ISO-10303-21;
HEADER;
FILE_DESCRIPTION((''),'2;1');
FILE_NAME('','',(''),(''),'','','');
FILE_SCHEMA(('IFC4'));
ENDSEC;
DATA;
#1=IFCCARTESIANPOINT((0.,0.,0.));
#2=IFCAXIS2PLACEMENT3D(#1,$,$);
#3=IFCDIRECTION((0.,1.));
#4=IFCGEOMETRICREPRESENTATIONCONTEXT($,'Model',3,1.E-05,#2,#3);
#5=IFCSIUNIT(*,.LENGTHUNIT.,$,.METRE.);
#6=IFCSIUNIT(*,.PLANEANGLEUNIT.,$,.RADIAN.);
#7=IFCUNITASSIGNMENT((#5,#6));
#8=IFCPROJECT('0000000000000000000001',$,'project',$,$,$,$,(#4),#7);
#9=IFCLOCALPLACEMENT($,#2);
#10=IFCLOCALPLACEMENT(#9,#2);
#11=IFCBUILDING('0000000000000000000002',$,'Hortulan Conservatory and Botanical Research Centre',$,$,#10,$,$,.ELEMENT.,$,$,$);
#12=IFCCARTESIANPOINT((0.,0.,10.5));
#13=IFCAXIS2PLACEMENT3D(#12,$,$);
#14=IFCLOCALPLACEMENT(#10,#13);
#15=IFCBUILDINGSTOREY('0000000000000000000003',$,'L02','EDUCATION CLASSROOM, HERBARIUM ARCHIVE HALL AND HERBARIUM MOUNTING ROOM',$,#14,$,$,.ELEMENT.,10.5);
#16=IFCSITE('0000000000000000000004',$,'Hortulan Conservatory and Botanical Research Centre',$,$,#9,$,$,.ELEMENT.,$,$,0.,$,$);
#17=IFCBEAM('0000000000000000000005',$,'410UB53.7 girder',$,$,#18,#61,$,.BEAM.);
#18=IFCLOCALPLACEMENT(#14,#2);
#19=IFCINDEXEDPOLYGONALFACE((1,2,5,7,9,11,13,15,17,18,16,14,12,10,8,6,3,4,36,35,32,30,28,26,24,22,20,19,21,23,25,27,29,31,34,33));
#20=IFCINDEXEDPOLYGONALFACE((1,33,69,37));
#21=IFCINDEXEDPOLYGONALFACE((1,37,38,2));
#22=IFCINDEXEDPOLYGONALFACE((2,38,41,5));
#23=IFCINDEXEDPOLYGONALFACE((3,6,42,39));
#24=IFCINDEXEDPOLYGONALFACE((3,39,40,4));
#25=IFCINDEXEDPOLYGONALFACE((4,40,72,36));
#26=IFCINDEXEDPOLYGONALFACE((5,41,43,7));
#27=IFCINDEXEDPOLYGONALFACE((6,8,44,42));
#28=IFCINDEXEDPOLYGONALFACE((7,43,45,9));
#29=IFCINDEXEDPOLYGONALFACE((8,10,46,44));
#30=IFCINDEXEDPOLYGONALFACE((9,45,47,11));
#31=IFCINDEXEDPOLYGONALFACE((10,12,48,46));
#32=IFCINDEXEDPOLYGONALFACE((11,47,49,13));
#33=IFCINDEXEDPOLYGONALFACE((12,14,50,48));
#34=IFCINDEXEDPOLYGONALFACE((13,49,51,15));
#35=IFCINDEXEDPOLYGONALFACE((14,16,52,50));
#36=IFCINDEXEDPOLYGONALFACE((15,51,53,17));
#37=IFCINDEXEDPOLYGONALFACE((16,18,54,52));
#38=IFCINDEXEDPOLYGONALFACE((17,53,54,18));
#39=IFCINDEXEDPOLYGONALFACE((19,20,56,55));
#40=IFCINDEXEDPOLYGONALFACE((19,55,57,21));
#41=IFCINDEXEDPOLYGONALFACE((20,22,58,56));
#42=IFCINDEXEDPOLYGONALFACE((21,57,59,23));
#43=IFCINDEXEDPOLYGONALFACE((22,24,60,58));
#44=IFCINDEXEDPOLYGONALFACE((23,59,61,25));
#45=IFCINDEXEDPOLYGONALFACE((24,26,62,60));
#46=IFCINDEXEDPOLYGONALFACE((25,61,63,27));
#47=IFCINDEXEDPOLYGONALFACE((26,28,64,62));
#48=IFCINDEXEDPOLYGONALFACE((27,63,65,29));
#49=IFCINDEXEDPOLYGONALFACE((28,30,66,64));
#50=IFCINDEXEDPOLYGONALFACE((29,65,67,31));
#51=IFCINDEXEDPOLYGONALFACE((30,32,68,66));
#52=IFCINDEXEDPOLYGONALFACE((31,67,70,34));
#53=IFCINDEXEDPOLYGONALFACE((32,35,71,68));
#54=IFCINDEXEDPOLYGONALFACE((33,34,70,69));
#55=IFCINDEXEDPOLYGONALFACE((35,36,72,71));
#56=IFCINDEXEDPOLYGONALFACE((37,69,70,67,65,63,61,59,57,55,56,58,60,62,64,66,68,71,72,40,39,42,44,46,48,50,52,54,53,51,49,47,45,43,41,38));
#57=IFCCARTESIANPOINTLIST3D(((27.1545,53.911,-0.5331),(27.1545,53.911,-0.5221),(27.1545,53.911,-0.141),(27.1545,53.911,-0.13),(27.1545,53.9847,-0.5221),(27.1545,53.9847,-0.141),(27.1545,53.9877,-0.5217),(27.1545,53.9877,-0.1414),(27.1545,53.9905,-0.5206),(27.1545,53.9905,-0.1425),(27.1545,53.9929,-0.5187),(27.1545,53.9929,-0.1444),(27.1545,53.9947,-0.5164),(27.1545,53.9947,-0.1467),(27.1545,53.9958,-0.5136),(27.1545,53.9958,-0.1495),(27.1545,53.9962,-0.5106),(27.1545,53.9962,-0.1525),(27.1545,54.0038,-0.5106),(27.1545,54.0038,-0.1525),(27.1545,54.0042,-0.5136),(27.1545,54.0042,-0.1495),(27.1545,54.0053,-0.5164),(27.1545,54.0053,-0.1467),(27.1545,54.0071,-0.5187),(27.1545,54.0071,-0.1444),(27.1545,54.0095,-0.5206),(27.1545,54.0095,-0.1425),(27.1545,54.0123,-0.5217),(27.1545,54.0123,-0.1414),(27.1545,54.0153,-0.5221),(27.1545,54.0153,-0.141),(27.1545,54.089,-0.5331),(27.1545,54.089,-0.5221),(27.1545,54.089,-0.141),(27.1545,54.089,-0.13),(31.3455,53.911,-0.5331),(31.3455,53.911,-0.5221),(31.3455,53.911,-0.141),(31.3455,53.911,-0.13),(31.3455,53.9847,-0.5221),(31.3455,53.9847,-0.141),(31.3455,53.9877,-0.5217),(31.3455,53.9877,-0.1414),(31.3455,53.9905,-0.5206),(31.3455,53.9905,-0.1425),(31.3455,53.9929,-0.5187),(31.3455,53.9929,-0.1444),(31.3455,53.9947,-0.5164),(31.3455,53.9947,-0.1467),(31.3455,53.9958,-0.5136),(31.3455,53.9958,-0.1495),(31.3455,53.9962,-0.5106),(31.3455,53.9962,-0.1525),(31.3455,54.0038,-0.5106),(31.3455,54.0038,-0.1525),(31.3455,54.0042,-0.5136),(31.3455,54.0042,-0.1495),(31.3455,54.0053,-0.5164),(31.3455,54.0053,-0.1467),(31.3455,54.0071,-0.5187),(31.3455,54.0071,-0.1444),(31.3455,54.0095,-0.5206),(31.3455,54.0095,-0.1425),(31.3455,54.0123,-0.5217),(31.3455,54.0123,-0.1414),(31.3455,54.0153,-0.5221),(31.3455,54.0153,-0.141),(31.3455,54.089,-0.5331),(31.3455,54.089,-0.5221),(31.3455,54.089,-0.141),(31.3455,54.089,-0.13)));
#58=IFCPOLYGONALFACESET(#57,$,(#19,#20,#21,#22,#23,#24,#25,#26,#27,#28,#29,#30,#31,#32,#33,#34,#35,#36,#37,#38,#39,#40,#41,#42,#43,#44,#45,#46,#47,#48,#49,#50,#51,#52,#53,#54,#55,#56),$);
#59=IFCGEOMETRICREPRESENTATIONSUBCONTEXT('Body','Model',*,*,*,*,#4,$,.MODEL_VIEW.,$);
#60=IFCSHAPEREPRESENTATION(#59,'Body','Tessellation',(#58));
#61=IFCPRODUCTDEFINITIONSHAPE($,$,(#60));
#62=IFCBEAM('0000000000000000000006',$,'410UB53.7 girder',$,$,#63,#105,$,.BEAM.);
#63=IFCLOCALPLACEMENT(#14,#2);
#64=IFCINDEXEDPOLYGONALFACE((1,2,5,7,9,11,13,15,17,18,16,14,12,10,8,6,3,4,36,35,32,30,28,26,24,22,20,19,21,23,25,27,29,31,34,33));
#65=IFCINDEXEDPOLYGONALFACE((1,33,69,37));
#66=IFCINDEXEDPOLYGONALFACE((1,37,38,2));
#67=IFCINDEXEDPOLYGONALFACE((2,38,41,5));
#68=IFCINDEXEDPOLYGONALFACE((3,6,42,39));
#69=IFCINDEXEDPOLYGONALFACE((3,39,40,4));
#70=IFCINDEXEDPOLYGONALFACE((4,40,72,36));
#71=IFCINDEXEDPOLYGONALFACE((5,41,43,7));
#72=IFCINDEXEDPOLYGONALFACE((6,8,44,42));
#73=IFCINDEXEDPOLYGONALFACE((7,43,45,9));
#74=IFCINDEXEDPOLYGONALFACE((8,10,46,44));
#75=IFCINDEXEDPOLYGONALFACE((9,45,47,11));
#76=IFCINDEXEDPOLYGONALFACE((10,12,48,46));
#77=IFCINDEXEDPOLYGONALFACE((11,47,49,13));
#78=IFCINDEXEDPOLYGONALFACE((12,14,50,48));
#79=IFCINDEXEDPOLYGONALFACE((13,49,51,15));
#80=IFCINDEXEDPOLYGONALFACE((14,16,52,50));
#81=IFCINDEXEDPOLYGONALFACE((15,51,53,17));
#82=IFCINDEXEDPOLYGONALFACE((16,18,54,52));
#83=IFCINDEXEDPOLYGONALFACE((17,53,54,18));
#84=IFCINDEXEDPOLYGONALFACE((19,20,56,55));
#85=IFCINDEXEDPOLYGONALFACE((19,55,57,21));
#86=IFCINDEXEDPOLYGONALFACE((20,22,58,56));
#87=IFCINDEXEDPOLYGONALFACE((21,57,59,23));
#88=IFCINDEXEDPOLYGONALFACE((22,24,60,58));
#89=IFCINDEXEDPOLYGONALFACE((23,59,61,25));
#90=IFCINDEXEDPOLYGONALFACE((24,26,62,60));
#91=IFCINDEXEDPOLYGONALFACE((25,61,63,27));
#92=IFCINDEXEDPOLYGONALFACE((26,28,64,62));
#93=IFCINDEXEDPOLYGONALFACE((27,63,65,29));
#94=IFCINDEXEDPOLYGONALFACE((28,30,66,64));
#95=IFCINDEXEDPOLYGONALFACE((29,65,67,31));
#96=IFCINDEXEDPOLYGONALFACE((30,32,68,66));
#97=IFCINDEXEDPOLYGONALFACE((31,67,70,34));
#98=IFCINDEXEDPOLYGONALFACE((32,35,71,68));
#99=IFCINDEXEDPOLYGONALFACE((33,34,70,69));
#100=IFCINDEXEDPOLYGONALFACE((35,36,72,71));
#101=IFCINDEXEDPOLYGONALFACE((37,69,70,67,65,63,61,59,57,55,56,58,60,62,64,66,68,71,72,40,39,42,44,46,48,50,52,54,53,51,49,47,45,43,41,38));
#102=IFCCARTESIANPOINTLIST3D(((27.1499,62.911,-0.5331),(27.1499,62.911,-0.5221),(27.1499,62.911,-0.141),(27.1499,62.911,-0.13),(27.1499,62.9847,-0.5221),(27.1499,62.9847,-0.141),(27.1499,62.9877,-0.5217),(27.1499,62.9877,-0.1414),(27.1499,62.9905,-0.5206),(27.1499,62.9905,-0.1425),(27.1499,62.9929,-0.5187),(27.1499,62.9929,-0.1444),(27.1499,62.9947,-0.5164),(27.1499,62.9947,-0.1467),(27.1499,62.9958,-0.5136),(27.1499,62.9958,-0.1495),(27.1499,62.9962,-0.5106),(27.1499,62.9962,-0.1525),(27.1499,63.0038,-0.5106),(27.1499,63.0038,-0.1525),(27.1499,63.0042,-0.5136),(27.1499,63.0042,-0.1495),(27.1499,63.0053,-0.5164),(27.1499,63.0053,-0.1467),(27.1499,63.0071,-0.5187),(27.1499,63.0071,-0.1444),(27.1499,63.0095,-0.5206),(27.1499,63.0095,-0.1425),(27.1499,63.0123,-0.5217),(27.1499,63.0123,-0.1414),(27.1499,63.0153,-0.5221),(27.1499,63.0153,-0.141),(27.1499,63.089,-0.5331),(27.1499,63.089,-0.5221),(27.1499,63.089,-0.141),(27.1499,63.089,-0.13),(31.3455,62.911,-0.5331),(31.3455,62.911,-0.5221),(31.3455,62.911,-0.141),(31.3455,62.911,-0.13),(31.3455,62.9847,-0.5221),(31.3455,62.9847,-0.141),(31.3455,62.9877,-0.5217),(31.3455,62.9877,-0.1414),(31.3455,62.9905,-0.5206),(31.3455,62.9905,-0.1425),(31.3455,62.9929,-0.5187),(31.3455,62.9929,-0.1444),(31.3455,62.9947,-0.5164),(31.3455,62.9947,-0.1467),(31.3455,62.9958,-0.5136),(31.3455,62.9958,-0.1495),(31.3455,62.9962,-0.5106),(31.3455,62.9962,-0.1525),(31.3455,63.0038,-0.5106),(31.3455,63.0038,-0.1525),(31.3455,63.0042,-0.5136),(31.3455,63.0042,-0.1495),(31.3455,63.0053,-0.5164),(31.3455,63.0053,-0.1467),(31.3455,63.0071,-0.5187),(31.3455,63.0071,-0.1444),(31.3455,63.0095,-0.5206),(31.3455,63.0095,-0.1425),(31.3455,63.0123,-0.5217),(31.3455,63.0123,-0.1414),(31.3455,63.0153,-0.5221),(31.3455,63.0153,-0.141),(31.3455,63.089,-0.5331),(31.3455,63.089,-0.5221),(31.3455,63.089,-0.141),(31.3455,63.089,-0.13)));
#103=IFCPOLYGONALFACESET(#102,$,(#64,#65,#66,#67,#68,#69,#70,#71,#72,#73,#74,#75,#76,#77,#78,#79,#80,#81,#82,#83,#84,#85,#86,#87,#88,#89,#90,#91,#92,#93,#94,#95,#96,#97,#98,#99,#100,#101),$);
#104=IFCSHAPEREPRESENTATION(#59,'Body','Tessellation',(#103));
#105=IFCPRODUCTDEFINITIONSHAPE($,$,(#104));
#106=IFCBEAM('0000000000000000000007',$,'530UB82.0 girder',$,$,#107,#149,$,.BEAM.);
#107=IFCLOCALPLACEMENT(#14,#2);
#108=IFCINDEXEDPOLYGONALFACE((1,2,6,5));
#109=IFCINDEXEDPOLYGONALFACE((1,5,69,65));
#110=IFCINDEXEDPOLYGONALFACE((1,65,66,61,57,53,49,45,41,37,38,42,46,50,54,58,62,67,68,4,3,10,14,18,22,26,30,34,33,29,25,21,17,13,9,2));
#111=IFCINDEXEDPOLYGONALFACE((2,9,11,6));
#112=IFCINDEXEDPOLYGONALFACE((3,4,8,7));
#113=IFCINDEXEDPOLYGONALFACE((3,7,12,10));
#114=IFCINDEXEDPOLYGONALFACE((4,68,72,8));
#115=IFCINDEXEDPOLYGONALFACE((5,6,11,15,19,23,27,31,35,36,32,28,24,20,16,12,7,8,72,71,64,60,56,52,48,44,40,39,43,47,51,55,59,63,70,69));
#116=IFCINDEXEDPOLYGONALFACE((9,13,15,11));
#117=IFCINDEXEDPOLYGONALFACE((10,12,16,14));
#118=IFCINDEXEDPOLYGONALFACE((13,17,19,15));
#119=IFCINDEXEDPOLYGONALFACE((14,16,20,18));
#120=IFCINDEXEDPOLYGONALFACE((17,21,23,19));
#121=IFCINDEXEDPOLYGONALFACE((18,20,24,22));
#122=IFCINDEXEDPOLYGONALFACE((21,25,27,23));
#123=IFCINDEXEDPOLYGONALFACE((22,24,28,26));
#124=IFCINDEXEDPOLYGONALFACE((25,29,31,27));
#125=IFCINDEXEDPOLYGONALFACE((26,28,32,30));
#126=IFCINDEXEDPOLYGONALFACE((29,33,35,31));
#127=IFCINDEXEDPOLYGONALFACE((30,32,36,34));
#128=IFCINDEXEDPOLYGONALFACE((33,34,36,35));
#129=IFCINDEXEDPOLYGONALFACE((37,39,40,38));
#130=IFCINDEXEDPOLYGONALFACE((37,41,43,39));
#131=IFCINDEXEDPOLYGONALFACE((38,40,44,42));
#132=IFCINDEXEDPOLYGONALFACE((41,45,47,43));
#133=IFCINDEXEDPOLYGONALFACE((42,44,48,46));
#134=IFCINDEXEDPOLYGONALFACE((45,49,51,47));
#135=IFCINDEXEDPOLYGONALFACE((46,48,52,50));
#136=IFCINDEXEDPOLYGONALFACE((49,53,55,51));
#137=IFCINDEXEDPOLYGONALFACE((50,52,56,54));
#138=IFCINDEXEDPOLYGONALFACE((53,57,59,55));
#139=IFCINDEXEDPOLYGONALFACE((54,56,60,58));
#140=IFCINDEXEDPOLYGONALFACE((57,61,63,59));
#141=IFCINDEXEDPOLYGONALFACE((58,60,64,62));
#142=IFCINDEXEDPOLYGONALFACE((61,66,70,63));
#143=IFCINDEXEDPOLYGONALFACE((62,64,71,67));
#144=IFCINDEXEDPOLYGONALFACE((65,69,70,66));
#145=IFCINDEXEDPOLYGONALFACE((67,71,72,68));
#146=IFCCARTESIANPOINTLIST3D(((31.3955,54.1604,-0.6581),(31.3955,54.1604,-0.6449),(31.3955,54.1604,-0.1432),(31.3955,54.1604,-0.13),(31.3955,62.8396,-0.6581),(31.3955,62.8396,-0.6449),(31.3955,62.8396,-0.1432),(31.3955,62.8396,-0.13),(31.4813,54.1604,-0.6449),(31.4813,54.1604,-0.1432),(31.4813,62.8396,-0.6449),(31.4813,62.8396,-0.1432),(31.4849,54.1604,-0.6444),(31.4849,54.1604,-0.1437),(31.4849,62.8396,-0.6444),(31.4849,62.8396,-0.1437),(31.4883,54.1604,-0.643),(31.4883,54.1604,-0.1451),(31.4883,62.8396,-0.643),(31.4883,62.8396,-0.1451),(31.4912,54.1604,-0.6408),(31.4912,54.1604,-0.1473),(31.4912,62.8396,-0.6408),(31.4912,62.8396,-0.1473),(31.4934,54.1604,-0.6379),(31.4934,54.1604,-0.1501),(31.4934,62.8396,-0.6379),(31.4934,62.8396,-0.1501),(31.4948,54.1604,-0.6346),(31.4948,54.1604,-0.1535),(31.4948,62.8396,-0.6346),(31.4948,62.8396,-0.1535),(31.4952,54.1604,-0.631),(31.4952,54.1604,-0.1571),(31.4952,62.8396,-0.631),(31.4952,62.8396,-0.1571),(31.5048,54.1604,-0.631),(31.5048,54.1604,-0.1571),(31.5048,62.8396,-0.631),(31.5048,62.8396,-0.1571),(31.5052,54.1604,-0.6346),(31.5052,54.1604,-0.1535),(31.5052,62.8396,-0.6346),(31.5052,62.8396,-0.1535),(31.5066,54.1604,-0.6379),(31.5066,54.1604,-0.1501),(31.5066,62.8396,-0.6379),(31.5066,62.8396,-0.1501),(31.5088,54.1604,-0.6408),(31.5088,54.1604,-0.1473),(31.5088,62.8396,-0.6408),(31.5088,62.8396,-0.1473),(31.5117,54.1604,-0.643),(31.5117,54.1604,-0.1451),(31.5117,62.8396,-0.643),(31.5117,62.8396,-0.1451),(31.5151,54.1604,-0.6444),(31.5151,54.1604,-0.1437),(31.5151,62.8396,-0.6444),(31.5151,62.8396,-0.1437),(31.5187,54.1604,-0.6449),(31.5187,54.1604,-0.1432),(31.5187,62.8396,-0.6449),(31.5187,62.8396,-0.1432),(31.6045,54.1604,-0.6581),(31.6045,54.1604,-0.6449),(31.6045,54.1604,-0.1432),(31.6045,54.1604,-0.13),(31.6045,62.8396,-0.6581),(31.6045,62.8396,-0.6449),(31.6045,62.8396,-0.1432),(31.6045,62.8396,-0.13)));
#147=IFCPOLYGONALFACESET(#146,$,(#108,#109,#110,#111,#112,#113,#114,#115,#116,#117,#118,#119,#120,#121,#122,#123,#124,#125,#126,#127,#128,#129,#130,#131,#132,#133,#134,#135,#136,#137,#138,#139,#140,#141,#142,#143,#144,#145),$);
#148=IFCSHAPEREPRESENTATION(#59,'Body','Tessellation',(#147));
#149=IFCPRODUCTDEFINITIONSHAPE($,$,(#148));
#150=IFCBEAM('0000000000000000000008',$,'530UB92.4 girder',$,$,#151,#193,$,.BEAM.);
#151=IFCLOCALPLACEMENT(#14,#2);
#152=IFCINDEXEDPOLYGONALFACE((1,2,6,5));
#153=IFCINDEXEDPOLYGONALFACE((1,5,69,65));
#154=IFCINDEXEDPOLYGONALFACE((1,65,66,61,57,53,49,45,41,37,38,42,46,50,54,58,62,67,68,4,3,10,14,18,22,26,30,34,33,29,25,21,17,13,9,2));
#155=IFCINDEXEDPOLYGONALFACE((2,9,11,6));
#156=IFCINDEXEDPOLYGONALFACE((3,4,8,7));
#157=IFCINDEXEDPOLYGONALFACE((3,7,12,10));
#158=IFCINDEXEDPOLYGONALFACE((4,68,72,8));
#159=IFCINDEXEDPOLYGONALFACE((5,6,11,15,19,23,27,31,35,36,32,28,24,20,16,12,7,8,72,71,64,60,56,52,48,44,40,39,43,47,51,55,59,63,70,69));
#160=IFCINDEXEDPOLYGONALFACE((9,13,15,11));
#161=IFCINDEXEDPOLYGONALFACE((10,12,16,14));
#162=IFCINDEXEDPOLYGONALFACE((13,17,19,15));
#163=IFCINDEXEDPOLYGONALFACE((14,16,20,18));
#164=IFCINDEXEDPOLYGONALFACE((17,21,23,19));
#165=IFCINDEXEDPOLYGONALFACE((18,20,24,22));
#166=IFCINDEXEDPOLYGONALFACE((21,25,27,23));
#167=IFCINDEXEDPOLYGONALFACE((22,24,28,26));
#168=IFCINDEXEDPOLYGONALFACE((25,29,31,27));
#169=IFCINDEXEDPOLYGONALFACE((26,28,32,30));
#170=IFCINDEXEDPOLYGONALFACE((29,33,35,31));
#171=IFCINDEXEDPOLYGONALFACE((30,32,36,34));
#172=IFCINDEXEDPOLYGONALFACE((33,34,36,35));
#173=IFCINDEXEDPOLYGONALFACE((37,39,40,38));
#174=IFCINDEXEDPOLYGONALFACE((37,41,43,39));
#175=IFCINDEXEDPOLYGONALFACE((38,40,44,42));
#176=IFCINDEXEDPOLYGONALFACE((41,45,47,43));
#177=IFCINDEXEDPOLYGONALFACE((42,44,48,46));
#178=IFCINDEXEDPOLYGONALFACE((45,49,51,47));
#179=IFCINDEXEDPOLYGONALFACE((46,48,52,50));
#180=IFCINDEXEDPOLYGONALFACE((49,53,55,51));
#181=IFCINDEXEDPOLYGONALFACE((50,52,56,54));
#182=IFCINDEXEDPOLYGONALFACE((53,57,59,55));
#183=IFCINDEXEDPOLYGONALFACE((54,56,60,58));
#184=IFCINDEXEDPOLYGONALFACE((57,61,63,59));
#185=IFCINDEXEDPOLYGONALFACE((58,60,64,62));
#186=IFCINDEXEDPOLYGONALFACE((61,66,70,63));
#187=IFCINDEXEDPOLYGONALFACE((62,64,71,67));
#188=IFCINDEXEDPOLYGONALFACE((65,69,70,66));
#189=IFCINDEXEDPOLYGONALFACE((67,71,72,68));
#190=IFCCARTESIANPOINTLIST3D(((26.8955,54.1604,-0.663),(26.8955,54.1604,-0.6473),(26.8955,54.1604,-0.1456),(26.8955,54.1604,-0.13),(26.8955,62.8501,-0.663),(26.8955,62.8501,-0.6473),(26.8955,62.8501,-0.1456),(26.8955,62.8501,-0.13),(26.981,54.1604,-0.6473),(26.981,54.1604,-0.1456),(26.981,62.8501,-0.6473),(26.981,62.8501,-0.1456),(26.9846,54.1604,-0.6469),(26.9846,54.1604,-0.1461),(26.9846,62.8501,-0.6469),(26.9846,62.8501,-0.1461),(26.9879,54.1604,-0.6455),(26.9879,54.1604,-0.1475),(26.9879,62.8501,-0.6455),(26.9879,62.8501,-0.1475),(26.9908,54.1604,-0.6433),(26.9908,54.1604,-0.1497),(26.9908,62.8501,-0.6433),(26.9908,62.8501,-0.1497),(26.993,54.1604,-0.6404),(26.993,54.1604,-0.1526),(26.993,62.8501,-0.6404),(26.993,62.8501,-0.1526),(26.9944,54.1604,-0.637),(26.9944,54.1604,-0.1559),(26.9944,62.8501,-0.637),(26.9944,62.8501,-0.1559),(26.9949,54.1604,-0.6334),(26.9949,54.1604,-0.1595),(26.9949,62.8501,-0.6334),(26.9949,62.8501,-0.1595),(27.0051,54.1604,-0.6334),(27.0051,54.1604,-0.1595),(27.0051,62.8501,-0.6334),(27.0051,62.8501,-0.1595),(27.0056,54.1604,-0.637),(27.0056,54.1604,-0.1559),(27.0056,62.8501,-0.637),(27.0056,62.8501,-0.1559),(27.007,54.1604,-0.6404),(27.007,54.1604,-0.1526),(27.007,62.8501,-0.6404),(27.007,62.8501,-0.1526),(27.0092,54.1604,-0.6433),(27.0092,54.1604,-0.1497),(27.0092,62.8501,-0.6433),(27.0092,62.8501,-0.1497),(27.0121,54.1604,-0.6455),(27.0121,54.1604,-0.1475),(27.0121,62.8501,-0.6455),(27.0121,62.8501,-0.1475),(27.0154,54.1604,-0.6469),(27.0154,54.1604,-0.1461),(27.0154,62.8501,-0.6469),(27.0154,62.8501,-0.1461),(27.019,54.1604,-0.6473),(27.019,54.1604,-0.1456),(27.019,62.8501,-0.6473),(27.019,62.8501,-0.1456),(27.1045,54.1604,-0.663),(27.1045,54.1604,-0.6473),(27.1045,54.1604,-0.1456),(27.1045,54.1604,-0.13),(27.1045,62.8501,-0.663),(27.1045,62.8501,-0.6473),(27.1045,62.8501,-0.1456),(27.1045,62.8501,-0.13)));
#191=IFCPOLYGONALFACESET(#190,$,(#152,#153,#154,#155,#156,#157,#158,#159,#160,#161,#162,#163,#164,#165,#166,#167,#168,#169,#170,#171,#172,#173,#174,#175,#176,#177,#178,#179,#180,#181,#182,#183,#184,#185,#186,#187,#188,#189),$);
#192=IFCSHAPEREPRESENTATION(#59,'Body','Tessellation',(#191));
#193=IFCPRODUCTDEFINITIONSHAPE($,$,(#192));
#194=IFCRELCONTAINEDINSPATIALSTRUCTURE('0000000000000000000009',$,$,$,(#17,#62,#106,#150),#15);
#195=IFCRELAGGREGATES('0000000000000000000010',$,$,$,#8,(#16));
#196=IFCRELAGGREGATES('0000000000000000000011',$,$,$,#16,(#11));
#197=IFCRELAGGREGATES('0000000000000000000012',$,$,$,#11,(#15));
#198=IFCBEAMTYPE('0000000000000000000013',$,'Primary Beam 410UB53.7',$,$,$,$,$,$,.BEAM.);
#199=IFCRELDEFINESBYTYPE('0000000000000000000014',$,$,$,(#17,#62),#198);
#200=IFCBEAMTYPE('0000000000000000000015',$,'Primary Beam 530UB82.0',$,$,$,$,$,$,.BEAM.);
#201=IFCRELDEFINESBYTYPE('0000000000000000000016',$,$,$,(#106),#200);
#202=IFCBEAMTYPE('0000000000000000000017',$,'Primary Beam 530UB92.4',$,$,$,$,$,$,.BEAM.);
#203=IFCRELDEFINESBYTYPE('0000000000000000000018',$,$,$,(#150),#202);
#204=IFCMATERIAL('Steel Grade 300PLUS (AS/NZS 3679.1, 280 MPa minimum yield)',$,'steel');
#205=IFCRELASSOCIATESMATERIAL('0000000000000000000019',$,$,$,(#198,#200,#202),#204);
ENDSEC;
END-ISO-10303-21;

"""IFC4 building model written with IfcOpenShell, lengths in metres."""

from ifc_helpers import new_model, si_unit, direction, frame, origin, origin_2d, place, context, subcontext, project, spatial, i_section, extrude, material, material_profile, profile_set, type_object, element, save


model = new_model("IFC4")

# Units and contexts
model_context = context("Model", 3, precision=1e-05, world=origin(), true_north=direction((0.0, 1.0)))
body_context = subcontext(model_context, "Body", "Model", "MODEL_VIEW")
ifc_project = project(units=[si_unit("LENGTHUNIT", "METRE"), si_unit("PLANEANGLEUNIT", "RADIAN")], contexts=[model_context])

# Site, building, storey
site_placement = place(None, origin())
site = spatial("IfcSite", under=ifc_project, at=site_placement, Name="Hortulan Conservatory and Botanical Research Centre", CompositionType="ELEMENT", RefElevation=0.0)
building_placement = place(site_placement, origin())
building = spatial("IfcBuilding", under=site, at=building_placement, Name="Hortulan Conservatory and Botanical Research Centre", CompositionType="ELEMENT")
storey_placement = place(building_placement, frame((0.0, 0.0, 10.5)))
storey = spatial("IfcBuildingStorey", under=building, at=storey_placement, Name="L02", Description="EDUCATION CLASSROOM, HERBARIUM ARCHIVE HALL AND HERBARIUM MOUNTING ROOM", CompositionType="ELEMENT", Elevation=10.5)

# Shared definitions
ifc_material_1 = material(Name="Steel Grade 300PLUS (AS/NZS 3679.1, 280 MPa minimum yield)", Category="steel")

# Beams
ifc_material_profile_1 = material_profile(ifc_material_1, i_section(OverallWidth=0.178, OverallDepth=0.4031, WebThickness=0.0076, FlangeThickness=0.011, FilletRadius=0.0115, at=origin_2d()), Name="410UB53.7")
ifc_profile_set_1 = profile_set([ifc_material_profile_1], Name="Steel Grade 300PLUS (AS/NZS 3679.1, 280 MPa minimum yield)")
beam_type_1 = type_object("IfcBeamType", Name="Primary Beam 410UB53.7", PredefinedType="BEAM", material=ifc_profile_set_1)
beam_1_placement = place(storey_placement, frame((27.1545, 54.0, -0.3315), z_axis=(1.0, 0.0, 0.0), x_axis=(0.0, 1.0, 0.0)))
element("IfcBeam", 1, at=beam_1_placement, inside=storey, type_object=beam_type_1, Name="410UB53.7 girder", PredefinedType="BEAM", context=body_context, shape_type="SweptSolid", body=[
    extrude(i_section(OverallWidth=0.178, OverallDepth=0.4031, WebThickness=0.0076, FlangeThickness=0.011, FilletRadius=0.0115, at=origin_2d()), origin(), (0.0, 0.0, 1.0), 4.1909),
])
beam_2_placement = place(storey_placement, frame((27.1499, 63.0, -0.3315), z_axis=(1.0, 0.0, 0.0), x_axis=(0.0, 1.0, 0.0)))
element("IfcBeam", 2, at=beam_2_placement, inside=storey, type_object=beam_type_1, Name="410UB53.7 girder", PredefinedType="BEAM", context=body_context, shape_type="SweptSolid", body=[
    extrude(i_section(OverallWidth=0.178, OverallDepth=0.4031, WebThickness=0.0076, FlangeThickness=0.011, FilletRadius=0.0115, at=origin_2d()), origin(), (0.0, 0.0, 1.0), 4.1956),
])
ifc_material_profile_2 = material_profile(ifc_material_1, i_section(OverallWidth=0.209, OverallDepth=0.5281, WebThickness=0.0095, FlangeThickness=0.0132, FilletRadius=0.0139, at=origin_2d()), Name="530UB82.0")
ifc_profile_set_2 = profile_set([ifc_material_profile_2], Name="Steel Grade 300PLUS (AS/NZS 3679.1, 280 MPa minimum yield)")
beam_type_2 = type_object("IfcBeamType", Name="Primary Beam 530UB82.0", PredefinedType="BEAM", material=ifc_profile_set_2)
beam_3_placement = place(storey_placement, frame((31.5, 54.1604, -0.394), z_axis=(0.0, 1.0, 0.0), x_axis=(-1.0, 0.0, 0.0)))
element("IfcBeam", 3, at=beam_3_placement, inside=storey, type_object=beam_type_2, Name="530UB82.0 girder", PredefinedType="BEAM", context=body_context, shape_type="SweptSolid", body=[
    extrude(i_section(OverallWidth=0.209, OverallDepth=0.5281, WebThickness=0.0095, FlangeThickness=0.0132, FilletRadius=0.0139, at=origin_2d()), origin(), (0.0, 0.0, 1.0), 8.6792),
])
ifc_material_profile_3 = material_profile(ifc_material_1, i_section(OverallWidth=0.209, OverallDepth=0.533, WebThickness=0.0103, FlangeThickness=0.0156, FilletRadius=0.0139, at=origin_2d()), Name="530UB92.4")
ifc_profile_set_3 = profile_set([ifc_material_profile_3], Name="Steel Grade 300PLUS (AS/NZS 3679.1, 280 MPa minimum yield)")
beam_type_3 = type_object("IfcBeamType", Name="Primary Beam 530UB92.4", PredefinedType="BEAM", material=ifc_profile_set_3)
beam_4_placement = place(storey_placement, frame((27.0, 54.1604, -0.3965), z_axis=(0.0, 1.0, 0.0), x_axis=(-1.0, 0.0, 0.0)))
element("IfcBeam", 4, at=beam_4_placement, inside=storey, type_object=beam_type_3, Name="530UB92.4 girder", PredefinedType="BEAM", context=body_context, shape_type="SweptSolid", body=[
    extrude(i_section(OverallWidth=0.209, OverallDepth=0.533, WebThickness=0.0103, FlangeThickness=0.0156, FilletRadius=0.0139, at=origin_2d()), origin(), (0.0, 0.0, 1.0), 8.6897),
])

save(model, "model.ifc")
